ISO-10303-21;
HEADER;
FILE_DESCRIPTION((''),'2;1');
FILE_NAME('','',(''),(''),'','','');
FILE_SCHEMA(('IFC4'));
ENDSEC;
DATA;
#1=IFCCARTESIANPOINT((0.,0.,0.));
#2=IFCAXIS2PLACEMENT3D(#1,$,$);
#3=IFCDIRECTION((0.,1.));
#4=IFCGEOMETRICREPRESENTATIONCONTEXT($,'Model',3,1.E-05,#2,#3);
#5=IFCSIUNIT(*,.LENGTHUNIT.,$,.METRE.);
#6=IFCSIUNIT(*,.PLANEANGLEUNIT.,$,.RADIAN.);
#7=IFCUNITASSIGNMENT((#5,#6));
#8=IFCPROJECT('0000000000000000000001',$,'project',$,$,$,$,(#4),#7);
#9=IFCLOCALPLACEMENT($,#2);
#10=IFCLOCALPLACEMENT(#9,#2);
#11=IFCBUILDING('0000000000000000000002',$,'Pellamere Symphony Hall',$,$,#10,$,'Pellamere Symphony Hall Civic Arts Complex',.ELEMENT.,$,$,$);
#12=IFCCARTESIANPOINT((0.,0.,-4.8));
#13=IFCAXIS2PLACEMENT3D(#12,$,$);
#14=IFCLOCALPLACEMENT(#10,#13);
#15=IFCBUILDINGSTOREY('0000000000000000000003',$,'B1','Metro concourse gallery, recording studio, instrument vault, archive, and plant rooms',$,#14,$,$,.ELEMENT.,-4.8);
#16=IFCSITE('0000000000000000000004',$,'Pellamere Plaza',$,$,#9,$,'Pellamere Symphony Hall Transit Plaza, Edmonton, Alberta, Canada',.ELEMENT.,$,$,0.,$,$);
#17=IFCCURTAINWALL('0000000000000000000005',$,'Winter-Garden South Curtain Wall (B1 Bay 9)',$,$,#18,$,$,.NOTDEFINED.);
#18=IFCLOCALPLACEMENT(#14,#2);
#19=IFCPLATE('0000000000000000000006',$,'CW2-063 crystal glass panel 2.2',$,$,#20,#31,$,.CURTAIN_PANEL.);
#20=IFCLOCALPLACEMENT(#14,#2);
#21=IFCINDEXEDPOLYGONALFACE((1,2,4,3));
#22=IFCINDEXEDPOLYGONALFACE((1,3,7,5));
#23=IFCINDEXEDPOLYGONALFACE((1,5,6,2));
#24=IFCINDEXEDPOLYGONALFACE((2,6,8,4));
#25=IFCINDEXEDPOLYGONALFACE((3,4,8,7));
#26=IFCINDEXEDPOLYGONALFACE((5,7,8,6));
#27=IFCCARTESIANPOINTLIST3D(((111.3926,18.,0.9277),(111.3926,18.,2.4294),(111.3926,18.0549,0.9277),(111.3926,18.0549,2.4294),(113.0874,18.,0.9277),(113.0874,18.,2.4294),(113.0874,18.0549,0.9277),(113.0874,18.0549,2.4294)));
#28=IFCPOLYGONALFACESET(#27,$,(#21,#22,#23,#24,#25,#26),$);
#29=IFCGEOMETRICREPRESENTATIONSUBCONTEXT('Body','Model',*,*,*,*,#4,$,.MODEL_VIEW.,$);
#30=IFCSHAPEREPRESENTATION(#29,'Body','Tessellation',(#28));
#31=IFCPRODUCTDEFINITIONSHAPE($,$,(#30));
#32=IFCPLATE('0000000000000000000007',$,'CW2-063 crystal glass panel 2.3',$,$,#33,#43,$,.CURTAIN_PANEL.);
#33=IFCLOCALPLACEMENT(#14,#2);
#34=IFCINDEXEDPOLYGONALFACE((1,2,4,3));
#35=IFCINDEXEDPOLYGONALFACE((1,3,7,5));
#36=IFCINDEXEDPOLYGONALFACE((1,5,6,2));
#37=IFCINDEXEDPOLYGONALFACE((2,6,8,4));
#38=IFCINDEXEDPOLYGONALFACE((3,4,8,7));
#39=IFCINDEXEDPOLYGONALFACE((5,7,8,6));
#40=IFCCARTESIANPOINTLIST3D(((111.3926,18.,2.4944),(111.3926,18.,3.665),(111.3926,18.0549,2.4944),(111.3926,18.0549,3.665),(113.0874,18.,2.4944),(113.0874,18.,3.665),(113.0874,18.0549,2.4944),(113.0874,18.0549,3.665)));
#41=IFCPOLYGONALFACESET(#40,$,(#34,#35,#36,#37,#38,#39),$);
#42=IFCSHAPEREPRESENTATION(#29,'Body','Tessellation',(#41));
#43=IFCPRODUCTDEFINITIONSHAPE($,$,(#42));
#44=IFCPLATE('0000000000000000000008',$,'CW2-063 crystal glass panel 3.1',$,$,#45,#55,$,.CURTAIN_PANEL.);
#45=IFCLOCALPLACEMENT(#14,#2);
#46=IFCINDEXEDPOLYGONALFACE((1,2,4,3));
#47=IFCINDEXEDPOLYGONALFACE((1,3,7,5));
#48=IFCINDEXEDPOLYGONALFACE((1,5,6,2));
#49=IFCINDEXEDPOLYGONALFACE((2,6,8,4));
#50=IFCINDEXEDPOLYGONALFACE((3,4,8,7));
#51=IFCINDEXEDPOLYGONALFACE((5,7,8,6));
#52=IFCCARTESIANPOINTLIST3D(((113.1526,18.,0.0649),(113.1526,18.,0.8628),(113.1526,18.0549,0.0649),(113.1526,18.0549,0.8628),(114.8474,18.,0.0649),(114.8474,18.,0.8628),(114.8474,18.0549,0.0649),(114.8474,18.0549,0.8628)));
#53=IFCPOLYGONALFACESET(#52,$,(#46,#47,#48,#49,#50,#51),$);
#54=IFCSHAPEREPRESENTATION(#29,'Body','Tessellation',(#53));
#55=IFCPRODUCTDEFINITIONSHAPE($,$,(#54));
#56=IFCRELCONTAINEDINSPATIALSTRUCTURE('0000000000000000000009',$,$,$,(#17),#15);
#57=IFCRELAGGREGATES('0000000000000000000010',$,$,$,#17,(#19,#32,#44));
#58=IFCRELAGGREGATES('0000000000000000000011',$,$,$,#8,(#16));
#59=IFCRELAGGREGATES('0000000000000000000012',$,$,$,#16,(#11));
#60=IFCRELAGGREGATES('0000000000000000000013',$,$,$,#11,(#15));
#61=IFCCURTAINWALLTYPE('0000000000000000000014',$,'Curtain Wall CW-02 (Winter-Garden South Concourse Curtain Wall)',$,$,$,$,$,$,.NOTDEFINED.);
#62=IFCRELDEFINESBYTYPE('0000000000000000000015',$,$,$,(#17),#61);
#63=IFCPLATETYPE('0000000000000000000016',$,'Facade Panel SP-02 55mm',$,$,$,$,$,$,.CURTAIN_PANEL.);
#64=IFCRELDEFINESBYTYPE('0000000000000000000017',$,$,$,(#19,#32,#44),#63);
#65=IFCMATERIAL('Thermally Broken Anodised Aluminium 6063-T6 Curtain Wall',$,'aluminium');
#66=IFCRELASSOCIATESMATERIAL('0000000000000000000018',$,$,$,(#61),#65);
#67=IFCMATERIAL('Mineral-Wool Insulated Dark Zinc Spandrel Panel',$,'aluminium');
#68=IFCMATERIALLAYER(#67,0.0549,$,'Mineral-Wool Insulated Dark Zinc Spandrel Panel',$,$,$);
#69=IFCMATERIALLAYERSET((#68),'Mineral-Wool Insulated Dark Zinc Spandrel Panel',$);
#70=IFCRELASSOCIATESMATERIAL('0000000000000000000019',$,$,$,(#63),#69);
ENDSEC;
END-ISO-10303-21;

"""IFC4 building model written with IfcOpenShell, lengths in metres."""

from ifc_helpers import new_model, si_unit, direction, frame, origin, place, context, subcontext, project, spatial, polyline, outline, extrude, material, layer, layer_set, type_object, element, aggregate, save


model = new_model("IFC4")

# Units and contexts
model_context = context("Model", 3, precision=1e-05, world=origin(), true_north=direction((0.0, 1.0)))
body_context = subcontext(model_context, "Body", "Model", "MODEL_VIEW")
ifc_project = project(units=[si_unit("LENGTHUNIT", "METRE"), si_unit("PLANEANGLEUNIT", "RADIAN")], contexts=[model_context])

# Site, building, storey
site_placement = place(None, origin())
site = spatial("IfcSite", under=ifc_project, at=site_placement, Name="Pellamere Plaza", LongName="Pellamere Symphony Hall Transit Plaza, Edmonton, Alberta, Canada", CompositionType="ELEMENT", RefElevation=0.0)
building_placement = place(site_placement, origin())
building = spatial("IfcBuilding", under=site, at=building_placement, Name="Pellamere Symphony Hall", LongName="Pellamere Symphony Hall Civic Arts Complex", CompositionType="ELEMENT")
storey_placement = place(building_placement, frame((0.0, 0.0, -4.8)))
storey = spatial("IfcBuildingStorey", under=building, at=storey_placement, Name="B1", Description="Metro concourse gallery, recording studio, instrument vault, archive, and plant rooms", CompositionType="ELEMENT", Elevation=-4.8)

# Shared definitions
ifc_material_1 = material(Name="Thermally Broken Anodised Aluminium 6063-T6 Curtain Wall", Category="aluminium")
curtain_wall_type = type_object("IfcCurtainWallType", Name="Curtain Wall CW-02 (Winter-Garden South Concourse Curtain Wall)", PredefinedType="NOTDEFINED", material=ifc_material_1)

# Curtain wall, plates
curtain_wall_1_placement = place(storey_placement, origin())
curtain_wall_1 = element("IfcCurtainWall", 1, at=curtain_wall_1_placement, inside=storey, type_object=curtain_wall_type, Name="Winter-Garden South Curtain Wall (B1 Bay 9)", PredefinedType="NOTDEFINED")
ifc_material_2 = material(Name="Mineral-Wool Insulated Dark Zinc Spandrel Panel", Category="aluminium")
ifc_layer = layer(ifc_material_2, 0.0549, Name="Mineral-Wool Insulated Dark Zinc Spandrel Panel")
ifc_layer_set = layer_set([ifc_layer], Name="Mineral-Wool Insulated Dark Zinc Spandrel Panel")
plate_type = type_object("IfcPlateType", Name="Facade Panel SP-02 55mm", PredefinedType="CURTAIN_PANEL", material=ifc_layer_set)
plate_1_placement = place(storey_placement, frame((111.3926, 18.0, 0.9277), z_axis=(0.0, -1.0, 0.0), x_axis=(1.0, 0.0, 0.0)))
plate_1 = element("IfcPlate", 2, at=plate_1_placement, type_object=plate_type, Name="CW2-063 crystal glass panel 2.2", PredefinedType="CURTAIN_PANEL", context=body_context, shape_type="SweptSolid", body=[
    extrude(outline(polyline([(0.0, 0.0), (1.6948, 0.0), (1.6948, 1.5017), (0.0, 1.5017), (0.0, 0.0)])), origin(), (0.0, 0.0, -1.0), 0.0549),
])
plate_2_placement = place(storey_placement, frame((111.3926, 18.0, 2.4944), z_axis=(0.0, -1.0, 0.0), x_axis=(1.0, 0.0, 0.0)))
plate_2 = element("IfcPlate", 3, at=plate_2_placement, type_object=plate_type, Name="CW2-063 crystal glass panel 2.3", PredefinedType="CURTAIN_PANEL", context=body_context, shape_type="SweptSolid", body=[
    extrude(outline(polyline([(0.0, 0.0), (1.6948, 0.0), (1.6948, 1.1707), (0.0, 1.1707), (0.0, 0.0)])), origin(), (0.0, 0.0, -1.0), 0.0549),
])
plate_3_placement = place(storey_placement, frame((113.1526, 18.0, 0.0649), z_axis=(0.0, -1.0, 0.0), x_axis=(1.0, 0.0, 0.0)))
plate_3 = element("IfcPlate", 4, at=plate_3_placement, type_object=plate_type, Name="CW2-063 crystal glass panel 3.1", PredefinedType="CURTAIN_PANEL", context=body_context, shape_type="SweptSolid", body=[
    extrude(outline(polyline([(0.0, 0.0), (1.6948, 0.0), (1.6948, 0.7979), (0.0, 0.7979), (0.0, 0.0)])), origin(), (0.0, 0.0, -1.0), 0.0549),
])
aggregate(curtain_wall_1, [plate_1, plate_2, plate_3])

save(model, "model.ifc")
